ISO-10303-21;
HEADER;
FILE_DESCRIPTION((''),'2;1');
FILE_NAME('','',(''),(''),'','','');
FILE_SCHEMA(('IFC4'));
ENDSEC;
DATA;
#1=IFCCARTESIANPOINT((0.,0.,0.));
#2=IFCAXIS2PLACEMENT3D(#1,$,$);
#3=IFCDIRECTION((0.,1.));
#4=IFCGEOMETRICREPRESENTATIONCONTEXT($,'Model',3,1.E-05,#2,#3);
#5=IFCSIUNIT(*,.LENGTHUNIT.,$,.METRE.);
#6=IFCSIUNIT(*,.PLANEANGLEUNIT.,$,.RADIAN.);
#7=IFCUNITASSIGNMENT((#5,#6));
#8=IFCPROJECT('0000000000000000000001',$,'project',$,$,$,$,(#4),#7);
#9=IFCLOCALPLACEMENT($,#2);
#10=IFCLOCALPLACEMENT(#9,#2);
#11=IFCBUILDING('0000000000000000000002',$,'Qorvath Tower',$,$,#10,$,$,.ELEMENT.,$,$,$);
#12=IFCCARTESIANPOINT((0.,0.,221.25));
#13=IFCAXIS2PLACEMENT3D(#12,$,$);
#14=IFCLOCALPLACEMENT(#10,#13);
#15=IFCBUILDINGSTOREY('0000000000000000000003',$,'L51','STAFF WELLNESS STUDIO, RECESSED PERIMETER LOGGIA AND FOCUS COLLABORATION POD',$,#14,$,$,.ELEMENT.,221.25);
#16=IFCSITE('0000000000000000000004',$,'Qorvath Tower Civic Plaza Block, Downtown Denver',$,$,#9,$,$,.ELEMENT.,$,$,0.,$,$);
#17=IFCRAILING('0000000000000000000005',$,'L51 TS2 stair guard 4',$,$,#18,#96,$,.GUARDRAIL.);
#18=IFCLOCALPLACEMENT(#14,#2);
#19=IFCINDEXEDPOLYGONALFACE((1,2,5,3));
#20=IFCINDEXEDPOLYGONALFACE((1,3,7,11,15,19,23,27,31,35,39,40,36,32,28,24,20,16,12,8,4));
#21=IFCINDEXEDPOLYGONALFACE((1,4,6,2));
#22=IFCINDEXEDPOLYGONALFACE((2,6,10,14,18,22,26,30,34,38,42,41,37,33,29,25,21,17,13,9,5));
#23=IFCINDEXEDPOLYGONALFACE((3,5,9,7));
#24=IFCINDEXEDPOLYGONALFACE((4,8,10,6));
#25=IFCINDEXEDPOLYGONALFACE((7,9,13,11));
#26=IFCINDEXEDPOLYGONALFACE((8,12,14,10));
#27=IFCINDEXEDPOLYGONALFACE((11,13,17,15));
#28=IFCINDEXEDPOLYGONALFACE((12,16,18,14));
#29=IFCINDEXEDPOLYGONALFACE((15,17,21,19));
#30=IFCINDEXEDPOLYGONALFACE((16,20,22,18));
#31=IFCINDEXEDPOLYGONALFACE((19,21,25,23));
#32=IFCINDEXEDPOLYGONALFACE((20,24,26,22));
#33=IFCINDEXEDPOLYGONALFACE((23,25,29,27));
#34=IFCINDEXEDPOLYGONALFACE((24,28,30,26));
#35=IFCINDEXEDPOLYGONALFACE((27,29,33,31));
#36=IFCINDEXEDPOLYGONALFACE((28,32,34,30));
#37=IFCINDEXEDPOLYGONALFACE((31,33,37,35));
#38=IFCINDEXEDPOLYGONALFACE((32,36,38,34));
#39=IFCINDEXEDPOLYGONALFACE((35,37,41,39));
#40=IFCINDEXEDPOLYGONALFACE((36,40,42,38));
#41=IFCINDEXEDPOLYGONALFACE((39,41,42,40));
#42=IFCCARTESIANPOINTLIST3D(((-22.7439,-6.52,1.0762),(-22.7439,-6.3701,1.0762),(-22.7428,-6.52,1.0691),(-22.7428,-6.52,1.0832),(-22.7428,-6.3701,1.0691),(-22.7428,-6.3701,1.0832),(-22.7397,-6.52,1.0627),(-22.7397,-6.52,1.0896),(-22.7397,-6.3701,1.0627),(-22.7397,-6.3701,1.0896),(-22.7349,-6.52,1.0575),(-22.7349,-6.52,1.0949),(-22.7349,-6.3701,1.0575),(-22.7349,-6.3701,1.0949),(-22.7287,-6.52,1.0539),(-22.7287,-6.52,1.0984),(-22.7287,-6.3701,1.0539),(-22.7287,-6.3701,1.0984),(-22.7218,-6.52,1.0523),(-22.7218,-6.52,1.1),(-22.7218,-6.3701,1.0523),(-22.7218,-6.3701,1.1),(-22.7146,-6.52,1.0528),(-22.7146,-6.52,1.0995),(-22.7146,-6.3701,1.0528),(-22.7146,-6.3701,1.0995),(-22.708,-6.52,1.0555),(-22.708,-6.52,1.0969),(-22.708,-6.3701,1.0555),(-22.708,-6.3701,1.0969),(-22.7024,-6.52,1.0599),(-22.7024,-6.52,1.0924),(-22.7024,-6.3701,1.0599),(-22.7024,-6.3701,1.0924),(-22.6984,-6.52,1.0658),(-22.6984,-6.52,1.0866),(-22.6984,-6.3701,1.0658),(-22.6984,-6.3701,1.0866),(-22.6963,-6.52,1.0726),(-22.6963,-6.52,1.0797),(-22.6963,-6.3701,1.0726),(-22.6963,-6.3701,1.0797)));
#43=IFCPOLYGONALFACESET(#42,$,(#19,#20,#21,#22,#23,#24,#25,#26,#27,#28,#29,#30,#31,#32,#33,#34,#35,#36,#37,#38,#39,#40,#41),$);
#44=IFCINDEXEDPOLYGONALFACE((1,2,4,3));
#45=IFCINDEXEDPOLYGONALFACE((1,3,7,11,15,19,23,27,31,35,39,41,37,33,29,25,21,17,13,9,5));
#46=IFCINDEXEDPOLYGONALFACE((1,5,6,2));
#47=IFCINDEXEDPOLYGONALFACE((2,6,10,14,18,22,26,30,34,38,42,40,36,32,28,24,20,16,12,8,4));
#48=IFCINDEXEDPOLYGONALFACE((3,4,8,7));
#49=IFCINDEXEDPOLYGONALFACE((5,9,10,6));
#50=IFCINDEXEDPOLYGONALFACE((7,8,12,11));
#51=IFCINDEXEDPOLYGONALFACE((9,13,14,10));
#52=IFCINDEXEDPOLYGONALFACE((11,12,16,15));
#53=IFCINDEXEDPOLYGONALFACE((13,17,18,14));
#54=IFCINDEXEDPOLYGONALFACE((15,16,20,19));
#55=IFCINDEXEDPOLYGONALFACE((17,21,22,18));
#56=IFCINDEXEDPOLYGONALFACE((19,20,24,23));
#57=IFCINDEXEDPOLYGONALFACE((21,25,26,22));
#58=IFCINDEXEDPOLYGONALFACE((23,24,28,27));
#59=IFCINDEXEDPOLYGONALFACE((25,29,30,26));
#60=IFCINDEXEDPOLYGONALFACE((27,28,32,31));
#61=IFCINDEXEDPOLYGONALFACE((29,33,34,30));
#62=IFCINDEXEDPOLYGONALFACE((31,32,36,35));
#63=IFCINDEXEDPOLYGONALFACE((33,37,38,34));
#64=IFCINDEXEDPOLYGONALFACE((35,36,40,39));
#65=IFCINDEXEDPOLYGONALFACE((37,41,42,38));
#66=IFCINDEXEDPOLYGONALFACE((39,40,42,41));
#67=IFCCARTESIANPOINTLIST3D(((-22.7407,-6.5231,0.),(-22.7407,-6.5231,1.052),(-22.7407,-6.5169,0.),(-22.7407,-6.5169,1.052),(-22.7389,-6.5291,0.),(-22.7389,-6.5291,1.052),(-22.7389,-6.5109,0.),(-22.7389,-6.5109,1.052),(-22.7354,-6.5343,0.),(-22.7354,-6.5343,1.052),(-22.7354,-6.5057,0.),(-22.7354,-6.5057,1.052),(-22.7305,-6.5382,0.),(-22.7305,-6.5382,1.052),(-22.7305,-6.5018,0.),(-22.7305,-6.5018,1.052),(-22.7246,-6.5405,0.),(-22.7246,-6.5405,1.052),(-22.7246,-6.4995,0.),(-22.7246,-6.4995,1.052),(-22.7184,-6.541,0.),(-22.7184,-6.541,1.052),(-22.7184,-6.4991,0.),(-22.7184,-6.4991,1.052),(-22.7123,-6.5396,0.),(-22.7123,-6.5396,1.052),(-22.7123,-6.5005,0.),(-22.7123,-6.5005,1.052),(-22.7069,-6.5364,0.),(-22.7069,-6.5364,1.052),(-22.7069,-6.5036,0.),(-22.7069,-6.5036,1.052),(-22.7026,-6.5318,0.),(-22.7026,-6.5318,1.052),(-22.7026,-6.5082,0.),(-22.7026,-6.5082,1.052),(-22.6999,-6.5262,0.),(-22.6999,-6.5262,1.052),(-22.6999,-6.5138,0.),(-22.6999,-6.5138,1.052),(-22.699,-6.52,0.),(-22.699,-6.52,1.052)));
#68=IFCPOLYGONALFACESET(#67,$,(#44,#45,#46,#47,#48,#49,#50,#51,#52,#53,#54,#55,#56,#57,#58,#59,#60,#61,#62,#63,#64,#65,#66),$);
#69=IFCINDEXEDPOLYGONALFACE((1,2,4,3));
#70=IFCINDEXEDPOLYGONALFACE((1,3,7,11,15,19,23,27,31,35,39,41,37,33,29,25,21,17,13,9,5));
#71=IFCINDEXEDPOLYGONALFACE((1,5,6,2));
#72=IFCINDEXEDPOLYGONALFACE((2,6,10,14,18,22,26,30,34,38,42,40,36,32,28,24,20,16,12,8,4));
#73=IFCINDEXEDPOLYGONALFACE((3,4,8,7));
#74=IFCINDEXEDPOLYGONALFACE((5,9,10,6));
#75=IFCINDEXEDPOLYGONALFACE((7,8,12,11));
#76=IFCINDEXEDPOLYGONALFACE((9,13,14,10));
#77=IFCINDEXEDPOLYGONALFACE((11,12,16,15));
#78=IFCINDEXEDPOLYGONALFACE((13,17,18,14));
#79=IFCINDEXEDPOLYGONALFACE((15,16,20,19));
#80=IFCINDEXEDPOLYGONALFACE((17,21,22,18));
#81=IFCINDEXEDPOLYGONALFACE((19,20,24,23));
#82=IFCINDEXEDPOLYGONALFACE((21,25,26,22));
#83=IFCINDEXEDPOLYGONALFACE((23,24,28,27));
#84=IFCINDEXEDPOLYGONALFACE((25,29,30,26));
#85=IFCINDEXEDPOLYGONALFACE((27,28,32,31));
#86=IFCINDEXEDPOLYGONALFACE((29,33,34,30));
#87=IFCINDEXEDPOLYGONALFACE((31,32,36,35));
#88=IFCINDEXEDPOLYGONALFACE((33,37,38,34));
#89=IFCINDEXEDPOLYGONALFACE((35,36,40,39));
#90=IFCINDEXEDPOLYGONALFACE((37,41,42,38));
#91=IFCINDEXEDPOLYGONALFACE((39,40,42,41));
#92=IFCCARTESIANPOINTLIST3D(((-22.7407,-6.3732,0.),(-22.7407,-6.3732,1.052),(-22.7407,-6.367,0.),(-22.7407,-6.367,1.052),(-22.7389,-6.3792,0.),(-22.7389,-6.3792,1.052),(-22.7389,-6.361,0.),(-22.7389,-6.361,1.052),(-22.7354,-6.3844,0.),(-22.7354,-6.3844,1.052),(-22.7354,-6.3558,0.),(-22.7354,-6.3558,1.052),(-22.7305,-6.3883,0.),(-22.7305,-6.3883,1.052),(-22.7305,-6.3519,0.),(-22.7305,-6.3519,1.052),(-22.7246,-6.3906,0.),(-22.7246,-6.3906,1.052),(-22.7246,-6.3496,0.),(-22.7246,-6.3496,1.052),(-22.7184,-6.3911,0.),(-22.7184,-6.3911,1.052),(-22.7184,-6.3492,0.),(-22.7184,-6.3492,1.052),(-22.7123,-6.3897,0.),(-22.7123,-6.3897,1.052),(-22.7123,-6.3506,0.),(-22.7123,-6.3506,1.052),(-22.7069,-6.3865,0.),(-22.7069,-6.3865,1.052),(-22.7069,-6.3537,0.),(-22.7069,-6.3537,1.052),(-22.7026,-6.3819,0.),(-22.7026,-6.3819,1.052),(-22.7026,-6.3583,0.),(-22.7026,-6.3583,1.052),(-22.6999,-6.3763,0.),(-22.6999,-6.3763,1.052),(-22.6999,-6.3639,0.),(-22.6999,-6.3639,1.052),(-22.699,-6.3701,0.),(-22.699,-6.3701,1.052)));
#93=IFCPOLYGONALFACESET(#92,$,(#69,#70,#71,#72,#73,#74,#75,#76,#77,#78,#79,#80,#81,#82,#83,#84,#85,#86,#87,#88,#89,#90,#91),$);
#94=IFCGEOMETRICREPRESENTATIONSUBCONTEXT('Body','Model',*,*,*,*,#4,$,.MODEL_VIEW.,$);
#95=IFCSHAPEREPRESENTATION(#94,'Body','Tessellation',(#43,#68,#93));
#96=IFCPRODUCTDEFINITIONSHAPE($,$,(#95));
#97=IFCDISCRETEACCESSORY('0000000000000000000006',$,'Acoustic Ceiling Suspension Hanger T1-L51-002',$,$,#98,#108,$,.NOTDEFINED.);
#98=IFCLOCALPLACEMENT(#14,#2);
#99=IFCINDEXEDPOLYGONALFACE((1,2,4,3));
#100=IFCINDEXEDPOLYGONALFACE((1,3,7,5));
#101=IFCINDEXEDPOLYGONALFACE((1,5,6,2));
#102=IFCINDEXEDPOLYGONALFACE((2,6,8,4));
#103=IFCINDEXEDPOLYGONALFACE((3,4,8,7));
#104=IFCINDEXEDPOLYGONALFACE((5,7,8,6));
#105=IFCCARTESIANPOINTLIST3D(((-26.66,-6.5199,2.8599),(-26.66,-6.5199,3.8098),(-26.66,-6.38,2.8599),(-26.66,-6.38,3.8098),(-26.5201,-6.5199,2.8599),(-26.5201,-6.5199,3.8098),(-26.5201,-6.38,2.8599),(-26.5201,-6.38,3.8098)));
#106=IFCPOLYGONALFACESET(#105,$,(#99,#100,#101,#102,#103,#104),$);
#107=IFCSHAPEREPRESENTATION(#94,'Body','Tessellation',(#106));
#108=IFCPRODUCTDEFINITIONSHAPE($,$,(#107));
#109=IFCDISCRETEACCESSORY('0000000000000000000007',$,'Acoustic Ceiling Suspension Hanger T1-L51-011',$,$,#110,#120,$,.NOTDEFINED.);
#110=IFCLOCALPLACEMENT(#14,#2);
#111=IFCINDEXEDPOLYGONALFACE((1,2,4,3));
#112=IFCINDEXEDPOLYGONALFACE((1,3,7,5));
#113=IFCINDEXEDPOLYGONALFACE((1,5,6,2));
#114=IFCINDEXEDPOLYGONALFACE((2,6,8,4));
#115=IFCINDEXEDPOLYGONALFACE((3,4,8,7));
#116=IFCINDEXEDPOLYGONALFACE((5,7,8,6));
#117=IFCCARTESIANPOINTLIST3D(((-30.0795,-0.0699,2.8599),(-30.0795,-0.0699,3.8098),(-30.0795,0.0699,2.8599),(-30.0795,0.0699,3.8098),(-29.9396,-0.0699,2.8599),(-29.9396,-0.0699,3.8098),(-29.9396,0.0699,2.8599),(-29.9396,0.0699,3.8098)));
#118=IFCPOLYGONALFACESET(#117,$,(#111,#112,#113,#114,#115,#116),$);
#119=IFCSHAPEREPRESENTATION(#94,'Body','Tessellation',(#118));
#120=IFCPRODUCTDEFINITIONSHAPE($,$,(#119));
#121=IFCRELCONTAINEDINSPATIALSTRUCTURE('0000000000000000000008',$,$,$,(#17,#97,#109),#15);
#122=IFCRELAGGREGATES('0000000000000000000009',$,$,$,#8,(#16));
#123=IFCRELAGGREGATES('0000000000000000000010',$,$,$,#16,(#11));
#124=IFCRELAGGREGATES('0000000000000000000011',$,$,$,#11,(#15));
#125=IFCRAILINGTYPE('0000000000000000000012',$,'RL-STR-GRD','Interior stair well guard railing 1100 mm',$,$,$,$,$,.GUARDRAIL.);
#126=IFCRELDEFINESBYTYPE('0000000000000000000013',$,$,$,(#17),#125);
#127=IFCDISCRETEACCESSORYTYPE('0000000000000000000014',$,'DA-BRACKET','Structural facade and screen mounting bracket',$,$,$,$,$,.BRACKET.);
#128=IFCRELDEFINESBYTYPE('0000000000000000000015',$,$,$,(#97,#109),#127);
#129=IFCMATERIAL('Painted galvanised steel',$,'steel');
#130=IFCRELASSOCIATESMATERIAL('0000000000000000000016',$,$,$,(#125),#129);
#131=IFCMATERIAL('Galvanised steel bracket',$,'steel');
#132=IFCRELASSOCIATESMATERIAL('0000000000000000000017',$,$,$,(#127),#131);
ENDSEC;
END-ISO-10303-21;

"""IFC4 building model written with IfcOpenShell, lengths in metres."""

from ifc_helpers import new_model, si_unit, direction, frame, origin, origin_2d, place, context, subcontext, project, spatial, rectangle, circle, extrude, material, type_object, element, save


model = new_model("IFC4")

# Units and contexts
model_context = context("Model", 3, precision=1e-05, world=origin(), true_north=direction((0.0, 1.0)))
body_context = subcontext(model_context, "Body", "Model", "MODEL_VIEW")
ifc_project = project(units=[si_unit("LENGTHUNIT", "METRE"), si_unit("PLANEANGLEUNIT", "RADIAN")], contexts=[model_context])

# Site, building, storey
site_placement = place(None, origin())
site = spatial("IfcSite", under=ifc_project, at=site_placement, Name="Qorvath Tower Civic Plaza Block, Downtown Denver", CompositionType="ELEMENT", RefElevation=0.0)
building_placement = place(site_placement, origin())
building = spatial("IfcBuilding", under=site, at=building_placement, Name="Qorvath Tower", CompositionType="ELEMENT")
storey_placement = place(building_placement, frame((0.0, 0.0, 221.25)))
storey = spatial("IfcBuildingStorey", under=building, at=storey_placement, Name="L51", Description="STAFF WELLNESS STUDIO, RECESSED PERIMETER LOGGIA AND FOCUS COLLABORATION POD", CompositionType="ELEMENT", Elevation=221.25)

# Railing
ifc_material_1 = material(Name="Painted galvanised steel", Category="steel")
railing_type = type_object("IfcRailingType", Name="RL-STR-GRD", Description="Interior stair well guard railing 1100 mm", PredefinedType="GUARDRAIL", material=ifc_material_1)
railing_1_placement = place(storey_placement, frame((-22.72, -6.52, 0.0)))
element("IfcRailing", 1, at=railing_1_placement, inside=storey, type_object=railing_type, Name="L51 TS2 stair guard 4", PredefinedType="GUARDRAIL", context=body_context, shape_type="SweptSolid", body=[
    extrude(circle(Radius=0.0239, at=origin_2d()), frame((0.0, 0.0, 1.0762), z_axis=(0.0, 1.0, 0.0), x_axis=(-1.0, 0.0, 0.0)), (0.0, 0.0, 1.0), 0.1499),
    extrude(circle(Radius=0.021, at=origin_2d()), origin(), (0.0, 0.0, 1.0), 1.052),
    extrude(circle(Radius=0.021, at=origin_2d()), frame((0.0, 0.1499, 0.0)), (0.0, 0.0, 1.0), 1.052),
])

# Discrete accessories
ifc_material_2 = material(Name="Galvanised steel bracket", Category="steel")
discrete_accessory_type = type_object("IfcDiscreteAccessoryType", Name="DA-BRACKET", Description="Structural facade and screen mounting bracket", PredefinedType="BRACKET", material=ifc_material_2)
for number, where, z_axis, x_axis, name in (
    (2, (-26.5901, -6.45, 2.8599), (0.0, 0.0, 1.0), (1.0, 0.0, 0.0), "Acoustic Ceiling Suspension Hanger T1-L51-002"),
    (3, (-30.0095, 0.0, 2.8599), (0.0, 0.0, 1.0), (1.0, 0.0, 0.0), "Acoustic Ceiling Suspension Hanger T1-L51-011"),
):
    element("IfcDiscreteAccessory", number, at=place(storey_placement, frame(where, z_axis=z_axis, x_axis=x_axis)), inside=storey, type_object=discrete_accessory_type, Name=name, PredefinedType="NOTDEFINED", context=body_context, shape_type="SweptSolid", body=[
        extrude(rectangle(XDim=0.1399, YDim=0.1399, at=origin_2d()), origin(), (0.0, 0.0, 1.0), 0.95),
    ])

save(model, "model.ifc")
